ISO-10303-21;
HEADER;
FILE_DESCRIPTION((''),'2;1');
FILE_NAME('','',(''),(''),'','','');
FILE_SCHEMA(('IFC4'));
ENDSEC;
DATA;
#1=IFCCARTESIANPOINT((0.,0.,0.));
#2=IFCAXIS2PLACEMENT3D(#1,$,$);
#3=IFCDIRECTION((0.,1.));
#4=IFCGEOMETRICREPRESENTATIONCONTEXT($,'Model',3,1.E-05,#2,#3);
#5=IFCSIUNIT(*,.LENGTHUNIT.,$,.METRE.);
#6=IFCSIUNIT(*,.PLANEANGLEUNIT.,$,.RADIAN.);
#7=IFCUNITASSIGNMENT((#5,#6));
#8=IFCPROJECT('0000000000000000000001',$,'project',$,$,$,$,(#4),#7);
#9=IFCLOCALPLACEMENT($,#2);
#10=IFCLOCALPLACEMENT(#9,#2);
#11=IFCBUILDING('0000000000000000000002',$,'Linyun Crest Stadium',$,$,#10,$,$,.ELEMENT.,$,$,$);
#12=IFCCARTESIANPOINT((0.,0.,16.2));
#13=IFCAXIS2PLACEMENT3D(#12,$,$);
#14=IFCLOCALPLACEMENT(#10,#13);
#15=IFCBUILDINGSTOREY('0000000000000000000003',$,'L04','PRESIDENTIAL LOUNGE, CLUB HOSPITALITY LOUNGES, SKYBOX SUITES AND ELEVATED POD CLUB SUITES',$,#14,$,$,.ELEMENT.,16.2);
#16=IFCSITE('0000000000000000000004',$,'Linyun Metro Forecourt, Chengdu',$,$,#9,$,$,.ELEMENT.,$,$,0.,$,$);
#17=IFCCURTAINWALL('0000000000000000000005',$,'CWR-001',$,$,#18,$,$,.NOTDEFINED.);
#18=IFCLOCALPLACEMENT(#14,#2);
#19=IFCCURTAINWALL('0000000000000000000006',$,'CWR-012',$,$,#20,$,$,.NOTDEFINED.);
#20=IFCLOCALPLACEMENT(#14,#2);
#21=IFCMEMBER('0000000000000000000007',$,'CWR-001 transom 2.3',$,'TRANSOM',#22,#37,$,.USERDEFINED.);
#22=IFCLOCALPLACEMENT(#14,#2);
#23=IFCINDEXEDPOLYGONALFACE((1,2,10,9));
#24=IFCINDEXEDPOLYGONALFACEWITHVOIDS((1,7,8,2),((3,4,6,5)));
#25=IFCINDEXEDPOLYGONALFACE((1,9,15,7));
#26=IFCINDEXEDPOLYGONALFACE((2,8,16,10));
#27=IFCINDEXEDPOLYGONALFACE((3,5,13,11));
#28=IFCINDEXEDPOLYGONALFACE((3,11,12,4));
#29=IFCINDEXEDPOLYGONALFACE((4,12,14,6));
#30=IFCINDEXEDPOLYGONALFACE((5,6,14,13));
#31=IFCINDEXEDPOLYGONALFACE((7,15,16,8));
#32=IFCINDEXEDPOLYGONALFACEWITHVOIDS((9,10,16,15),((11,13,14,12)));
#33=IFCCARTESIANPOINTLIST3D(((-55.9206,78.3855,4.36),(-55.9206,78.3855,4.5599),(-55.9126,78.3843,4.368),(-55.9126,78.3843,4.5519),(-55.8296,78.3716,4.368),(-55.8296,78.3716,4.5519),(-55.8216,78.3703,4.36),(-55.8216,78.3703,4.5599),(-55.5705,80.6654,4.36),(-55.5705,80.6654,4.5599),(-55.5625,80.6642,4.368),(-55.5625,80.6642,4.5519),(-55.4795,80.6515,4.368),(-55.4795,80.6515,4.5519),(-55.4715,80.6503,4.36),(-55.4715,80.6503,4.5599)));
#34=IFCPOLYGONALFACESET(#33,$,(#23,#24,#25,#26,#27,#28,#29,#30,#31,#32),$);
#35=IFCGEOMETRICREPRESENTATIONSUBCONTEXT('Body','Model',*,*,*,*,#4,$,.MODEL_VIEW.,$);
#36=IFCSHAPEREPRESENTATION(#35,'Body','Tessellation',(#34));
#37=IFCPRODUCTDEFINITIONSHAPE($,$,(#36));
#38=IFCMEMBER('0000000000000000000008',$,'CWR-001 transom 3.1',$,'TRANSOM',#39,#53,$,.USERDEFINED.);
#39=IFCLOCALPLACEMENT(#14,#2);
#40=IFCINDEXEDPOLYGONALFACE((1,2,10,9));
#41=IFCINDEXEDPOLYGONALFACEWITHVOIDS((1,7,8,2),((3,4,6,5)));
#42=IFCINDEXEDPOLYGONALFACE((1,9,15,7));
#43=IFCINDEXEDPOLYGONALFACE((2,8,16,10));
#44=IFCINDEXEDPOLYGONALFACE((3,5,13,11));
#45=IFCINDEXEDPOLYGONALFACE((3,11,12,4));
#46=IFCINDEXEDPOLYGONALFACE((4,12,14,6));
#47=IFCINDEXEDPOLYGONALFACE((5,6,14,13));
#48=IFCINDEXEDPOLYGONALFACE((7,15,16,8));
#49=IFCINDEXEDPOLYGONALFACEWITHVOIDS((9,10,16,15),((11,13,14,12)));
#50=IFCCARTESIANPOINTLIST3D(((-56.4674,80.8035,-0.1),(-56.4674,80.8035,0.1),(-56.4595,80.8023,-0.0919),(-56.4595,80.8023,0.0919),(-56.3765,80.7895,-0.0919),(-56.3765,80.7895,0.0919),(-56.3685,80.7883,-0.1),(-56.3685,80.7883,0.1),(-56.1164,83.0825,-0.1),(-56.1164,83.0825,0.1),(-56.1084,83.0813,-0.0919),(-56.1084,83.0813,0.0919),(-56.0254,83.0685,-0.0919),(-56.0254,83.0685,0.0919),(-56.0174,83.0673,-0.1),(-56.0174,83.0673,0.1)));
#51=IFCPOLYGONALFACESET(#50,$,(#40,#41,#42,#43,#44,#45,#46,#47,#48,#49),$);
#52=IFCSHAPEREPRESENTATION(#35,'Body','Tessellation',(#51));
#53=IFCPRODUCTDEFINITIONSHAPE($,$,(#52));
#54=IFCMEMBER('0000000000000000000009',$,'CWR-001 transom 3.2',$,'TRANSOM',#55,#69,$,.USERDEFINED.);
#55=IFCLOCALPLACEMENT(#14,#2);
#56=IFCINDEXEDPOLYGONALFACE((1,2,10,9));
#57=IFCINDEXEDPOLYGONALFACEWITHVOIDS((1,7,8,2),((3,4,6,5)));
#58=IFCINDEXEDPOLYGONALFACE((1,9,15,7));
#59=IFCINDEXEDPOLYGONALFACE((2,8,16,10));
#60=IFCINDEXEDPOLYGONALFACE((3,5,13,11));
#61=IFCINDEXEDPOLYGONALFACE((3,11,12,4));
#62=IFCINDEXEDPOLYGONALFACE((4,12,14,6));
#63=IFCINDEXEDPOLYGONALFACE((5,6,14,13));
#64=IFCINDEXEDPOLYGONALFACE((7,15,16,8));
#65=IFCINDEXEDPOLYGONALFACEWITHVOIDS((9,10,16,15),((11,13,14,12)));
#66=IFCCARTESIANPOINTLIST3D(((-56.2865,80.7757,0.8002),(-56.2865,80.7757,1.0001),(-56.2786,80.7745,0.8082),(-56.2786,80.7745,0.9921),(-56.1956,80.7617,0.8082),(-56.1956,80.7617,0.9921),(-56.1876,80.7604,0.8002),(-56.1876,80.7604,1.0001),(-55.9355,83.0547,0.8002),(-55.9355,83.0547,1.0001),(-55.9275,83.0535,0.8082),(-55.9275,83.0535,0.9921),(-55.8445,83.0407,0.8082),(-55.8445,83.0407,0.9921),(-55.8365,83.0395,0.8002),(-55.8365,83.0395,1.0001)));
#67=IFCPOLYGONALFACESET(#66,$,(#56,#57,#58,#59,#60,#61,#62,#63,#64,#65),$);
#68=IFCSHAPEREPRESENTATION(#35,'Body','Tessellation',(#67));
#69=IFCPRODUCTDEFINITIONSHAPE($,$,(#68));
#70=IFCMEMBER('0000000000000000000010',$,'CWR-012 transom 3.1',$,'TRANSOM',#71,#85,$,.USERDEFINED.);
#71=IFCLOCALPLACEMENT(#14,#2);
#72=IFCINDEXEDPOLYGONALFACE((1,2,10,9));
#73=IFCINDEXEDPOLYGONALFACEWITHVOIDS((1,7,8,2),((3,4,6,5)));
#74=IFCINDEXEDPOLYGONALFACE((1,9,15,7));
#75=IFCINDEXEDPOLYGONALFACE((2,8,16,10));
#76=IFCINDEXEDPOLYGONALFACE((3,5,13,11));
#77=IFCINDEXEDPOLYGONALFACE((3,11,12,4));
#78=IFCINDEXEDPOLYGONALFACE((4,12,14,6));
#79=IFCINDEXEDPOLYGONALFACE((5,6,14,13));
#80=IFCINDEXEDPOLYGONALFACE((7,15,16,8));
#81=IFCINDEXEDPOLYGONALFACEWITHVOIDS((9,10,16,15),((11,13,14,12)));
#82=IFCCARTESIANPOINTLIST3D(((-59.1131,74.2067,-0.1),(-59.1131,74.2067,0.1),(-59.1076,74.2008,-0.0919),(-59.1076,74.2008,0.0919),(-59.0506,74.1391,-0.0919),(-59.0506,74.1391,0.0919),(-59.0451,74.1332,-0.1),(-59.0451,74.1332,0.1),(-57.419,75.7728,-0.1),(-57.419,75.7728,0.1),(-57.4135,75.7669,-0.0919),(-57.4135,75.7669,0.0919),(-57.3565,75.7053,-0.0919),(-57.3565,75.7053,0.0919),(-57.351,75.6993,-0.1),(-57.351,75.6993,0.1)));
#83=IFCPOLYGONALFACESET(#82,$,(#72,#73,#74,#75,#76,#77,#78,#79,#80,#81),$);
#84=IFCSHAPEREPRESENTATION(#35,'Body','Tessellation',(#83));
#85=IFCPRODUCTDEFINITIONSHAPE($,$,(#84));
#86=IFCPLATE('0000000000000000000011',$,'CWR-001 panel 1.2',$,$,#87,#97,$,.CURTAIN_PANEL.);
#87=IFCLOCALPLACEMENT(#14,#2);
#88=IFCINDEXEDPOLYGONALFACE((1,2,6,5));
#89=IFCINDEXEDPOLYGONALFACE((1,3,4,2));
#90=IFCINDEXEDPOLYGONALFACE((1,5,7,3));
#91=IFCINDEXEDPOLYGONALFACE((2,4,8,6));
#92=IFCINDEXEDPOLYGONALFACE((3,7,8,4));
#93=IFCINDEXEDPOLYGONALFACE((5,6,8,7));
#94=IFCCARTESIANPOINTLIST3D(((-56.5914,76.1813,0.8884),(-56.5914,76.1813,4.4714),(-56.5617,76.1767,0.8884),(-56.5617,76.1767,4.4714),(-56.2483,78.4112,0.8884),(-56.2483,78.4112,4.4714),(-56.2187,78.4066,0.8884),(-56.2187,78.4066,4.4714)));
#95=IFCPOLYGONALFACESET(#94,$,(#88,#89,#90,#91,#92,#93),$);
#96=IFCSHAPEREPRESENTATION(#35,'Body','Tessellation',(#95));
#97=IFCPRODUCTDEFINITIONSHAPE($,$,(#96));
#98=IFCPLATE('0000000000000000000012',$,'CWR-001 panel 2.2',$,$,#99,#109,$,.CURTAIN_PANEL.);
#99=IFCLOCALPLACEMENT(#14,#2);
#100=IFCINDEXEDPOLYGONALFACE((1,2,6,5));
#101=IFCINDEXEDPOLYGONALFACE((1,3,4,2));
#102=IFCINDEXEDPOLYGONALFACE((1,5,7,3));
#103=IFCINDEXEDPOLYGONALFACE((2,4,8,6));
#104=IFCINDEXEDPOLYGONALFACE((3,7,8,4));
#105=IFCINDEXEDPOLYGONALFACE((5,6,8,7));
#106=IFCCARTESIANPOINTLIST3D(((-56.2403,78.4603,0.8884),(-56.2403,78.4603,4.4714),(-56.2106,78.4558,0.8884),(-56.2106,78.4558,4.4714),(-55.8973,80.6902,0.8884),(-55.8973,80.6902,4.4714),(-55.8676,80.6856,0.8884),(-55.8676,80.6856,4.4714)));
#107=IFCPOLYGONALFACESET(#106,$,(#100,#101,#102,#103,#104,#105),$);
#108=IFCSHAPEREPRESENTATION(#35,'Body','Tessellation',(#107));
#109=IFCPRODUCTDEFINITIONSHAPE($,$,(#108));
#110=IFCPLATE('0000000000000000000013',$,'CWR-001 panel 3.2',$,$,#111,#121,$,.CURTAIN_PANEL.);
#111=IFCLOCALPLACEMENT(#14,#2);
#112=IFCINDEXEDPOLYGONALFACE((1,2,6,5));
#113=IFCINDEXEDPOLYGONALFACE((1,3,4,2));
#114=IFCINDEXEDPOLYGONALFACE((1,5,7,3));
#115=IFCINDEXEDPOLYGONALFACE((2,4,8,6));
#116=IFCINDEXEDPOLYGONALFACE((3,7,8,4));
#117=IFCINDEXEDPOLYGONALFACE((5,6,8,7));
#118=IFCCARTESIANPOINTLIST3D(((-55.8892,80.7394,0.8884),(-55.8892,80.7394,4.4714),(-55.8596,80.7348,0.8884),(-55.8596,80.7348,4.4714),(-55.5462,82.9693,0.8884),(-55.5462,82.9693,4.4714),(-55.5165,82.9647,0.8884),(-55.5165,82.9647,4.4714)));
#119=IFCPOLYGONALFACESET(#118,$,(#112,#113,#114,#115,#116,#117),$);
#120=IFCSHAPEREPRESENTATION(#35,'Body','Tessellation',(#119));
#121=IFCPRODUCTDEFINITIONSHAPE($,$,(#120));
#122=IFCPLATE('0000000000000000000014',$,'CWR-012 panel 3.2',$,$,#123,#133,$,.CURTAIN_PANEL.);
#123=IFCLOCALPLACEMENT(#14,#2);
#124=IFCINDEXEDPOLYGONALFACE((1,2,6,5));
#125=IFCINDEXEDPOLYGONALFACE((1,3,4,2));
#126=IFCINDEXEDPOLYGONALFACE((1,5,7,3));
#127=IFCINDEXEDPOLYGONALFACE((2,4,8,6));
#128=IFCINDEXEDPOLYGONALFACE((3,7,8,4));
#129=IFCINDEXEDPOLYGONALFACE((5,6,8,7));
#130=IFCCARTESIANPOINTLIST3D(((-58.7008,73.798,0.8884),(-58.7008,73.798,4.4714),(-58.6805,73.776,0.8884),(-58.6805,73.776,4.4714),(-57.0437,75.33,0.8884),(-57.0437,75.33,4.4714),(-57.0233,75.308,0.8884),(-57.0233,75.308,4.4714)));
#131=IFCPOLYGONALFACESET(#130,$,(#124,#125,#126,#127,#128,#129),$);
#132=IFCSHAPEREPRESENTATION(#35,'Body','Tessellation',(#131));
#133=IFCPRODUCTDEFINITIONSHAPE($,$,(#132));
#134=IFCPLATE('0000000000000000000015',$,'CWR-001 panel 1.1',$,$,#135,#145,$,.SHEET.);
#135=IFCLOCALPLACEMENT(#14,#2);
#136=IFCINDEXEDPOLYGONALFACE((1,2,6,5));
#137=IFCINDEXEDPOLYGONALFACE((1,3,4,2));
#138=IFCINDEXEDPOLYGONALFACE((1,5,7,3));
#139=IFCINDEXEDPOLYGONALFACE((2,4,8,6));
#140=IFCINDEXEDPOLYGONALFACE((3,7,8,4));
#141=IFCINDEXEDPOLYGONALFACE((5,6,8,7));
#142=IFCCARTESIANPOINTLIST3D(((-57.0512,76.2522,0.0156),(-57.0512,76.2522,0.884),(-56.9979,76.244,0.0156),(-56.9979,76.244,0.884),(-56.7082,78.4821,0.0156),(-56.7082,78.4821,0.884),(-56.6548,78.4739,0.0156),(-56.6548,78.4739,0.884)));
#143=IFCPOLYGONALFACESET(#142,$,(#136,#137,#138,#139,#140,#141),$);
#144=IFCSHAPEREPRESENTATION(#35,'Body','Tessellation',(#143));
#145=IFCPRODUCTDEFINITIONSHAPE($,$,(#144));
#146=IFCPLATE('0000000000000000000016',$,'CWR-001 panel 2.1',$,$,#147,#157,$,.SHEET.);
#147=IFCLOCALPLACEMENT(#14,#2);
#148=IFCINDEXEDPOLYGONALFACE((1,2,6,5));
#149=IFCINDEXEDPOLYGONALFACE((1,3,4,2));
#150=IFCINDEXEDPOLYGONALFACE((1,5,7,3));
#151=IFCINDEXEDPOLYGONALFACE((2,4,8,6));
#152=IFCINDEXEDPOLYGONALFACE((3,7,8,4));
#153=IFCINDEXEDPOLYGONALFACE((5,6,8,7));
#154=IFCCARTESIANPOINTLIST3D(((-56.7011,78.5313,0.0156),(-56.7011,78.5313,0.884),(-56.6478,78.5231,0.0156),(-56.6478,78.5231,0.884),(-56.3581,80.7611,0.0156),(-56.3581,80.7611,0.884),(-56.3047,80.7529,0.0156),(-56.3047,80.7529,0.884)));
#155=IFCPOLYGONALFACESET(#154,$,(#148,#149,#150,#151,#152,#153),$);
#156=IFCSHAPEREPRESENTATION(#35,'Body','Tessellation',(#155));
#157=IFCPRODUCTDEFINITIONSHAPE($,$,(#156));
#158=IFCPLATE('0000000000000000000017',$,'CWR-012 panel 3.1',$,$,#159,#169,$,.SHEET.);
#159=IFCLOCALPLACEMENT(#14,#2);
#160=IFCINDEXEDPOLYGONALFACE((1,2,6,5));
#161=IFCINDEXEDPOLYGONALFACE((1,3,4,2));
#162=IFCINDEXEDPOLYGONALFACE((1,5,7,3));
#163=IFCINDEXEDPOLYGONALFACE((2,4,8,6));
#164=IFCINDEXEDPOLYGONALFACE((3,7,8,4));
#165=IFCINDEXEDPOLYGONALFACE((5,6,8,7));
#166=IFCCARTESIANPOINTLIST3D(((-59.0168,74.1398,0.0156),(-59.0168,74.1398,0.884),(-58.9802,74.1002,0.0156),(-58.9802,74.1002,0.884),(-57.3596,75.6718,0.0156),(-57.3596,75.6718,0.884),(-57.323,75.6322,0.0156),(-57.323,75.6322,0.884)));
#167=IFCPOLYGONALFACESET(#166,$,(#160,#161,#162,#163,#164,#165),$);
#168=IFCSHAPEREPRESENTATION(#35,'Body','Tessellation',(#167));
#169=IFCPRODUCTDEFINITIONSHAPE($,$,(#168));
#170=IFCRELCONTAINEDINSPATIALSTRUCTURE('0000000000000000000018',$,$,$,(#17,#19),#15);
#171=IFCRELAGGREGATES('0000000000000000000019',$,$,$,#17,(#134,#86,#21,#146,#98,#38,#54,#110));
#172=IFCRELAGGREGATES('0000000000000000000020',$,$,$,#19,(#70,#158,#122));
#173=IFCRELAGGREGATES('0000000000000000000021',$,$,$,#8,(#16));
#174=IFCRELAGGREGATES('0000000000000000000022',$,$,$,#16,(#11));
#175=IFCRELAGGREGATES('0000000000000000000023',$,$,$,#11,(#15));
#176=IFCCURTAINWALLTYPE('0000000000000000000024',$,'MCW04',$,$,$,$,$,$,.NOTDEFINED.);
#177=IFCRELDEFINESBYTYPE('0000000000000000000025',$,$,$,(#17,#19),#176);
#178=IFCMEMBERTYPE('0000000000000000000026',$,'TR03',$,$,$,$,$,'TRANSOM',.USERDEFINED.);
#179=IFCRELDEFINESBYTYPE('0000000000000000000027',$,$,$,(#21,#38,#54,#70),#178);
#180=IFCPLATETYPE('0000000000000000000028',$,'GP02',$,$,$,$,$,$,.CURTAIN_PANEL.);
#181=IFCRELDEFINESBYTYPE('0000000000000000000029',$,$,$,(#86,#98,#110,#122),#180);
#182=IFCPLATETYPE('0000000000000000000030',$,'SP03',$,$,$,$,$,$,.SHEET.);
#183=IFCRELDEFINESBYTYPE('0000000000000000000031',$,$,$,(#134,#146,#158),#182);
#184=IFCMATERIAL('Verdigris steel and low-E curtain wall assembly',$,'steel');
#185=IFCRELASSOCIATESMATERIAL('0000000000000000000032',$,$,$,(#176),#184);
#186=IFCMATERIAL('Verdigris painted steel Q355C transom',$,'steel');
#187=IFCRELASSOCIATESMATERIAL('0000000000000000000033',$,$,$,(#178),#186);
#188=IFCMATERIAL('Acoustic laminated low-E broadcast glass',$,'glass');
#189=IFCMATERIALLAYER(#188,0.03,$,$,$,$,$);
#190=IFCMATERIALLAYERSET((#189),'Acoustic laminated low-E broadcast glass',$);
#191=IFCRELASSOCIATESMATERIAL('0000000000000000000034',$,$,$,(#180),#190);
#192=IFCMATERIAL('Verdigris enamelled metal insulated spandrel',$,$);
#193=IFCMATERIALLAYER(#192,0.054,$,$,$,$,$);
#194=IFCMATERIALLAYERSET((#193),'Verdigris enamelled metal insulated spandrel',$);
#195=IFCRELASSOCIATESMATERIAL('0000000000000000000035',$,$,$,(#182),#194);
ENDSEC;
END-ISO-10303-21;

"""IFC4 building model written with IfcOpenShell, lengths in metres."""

from ifc_helpers import new_model, si_unit, direction, frame, origin, origin_2d, place, context, subcontext, project, spatial, rectangle, hollow_rectangle, extrude, material, layer, layer_set, material_profile, profile_set, type_object, element, aggregate, save


model = new_model("IFC4")

# Units and contexts
model_context = context("Model", 3, precision=1e-05, world=origin(), true_north=direction((0.0, 1.0)))
body_context = subcontext(model_context, "Body", "Model", "MODEL_VIEW")
ifc_project = project(units=[si_unit("LENGTHUNIT", "METRE"), si_unit("PLANEANGLEUNIT", "RADIAN")], contexts=[model_context])

# Site, building, storey
site_placement = place(None, origin())
site = spatial("IfcSite", under=ifc_project, at=site_placement, Name="Linyun Metro Forecourt, Chengdu", CompositionType="ELEMENT", RefElevation=0.0)
building_placement = place(site_placement, origin())
building = spatial("IfcBuilding", under=site, at=building_placement, Name="Linyun Crest Stadium", CompositionType="ELEMENT")
storey_placement = place(building_placement, frame((0.0, 0.0, 16.2)))
storey = spatial("IfcBuildingStorey", under=building, at=storey_placement, Name="L04", Description="PRESIDENTIAL LOUNGE, CLUB HOSPITALITY LOUNGES, SKYBOX SUITES AND ELEVATED POD CLUB SUITES", CompositionType="ELEMENT", Elevation=16.2)

# Curtain wall
ifc_material_1 = material(Name="Verdigris steel and low-E curtain wall assembly", Category="steel")
curtain_wall_type = type_object("IfcCurtainWallType", Name="MCW04", PredefinedType="NOTDEFINED", material=ifc_material_1)
curtain_wall_1_placement = place(storey_placement, origin())
curtain_wall_1 = element("IfcCurtainWall", 1, at=curtain_wall_1_placement, inside=storey, type_object=curtain_wall_type, Name="CWR-001", PredefinedType="NOTDEFINED")

# Curtain wall
curtain_wall_2_placement = place(storey_placement, origin())
curtain_wall_2 = element("IfcCurtainWall", 2, at=curtain_wall_2_placement, inside=storey, type_object=curtain_wall_type, Name="CWR-012", PredefinedType="NOTDEFINED")

# Members
ifc_material_2 = material(Name="Verdigris painted steel Q355C transom", Category="steel")
ifc_material_profile_1 = material_profile(ifc_material_2, hollow_rectangle(XDim=0.1001, YDim=0.2, WallThickness=0.0081, at=origin_2d()), Name="RHS 200x100x8")
ifc_profile_set_1 = profile_set([ifc_material_profile_1], Name="Verdigris painted steel Q355C transom")
member_type_1 = type_object("IfcMemberType", Name="TR03", ElementType="TRANSOM", PredefinedType="USERDEFINED", material=ifc_profile_set_1)
member_1_placement = place(storey_placement, frame((-55.8711, 78.3779, 4.46), z_axis=(0.151771, 0.988416, 0.0), x_axis=(-0.988416, 0.151771, 0.0)))
member_1 = element("IfcMember", 3, at=member_1_placement, type_object=member_type_1, Name="CWR-001 transom 2.3", ObjectType="TRANSOM", PredefinedType="USERDEFINED", context=body_context, shape_type="SweptSolid", body=[
    extrude(hollow_rectangle(XDim=0.1001, YDim=0.2, WallThickness=0.0081, at=origin_2d()), origin(), (0.0, 0.0, 1.0), 2.3066),
])
member_2_placement = place(storey_placement, frame((-56.418, 80.7959, 0.0), z_axis=(0.152248, 0.988342, 0.0), x_axis=(-0.988342, 0.152248, 0.0)))
member_2 = element("IfcMember", 4, at=member_2_placement, type_object=member_type_1, Name="CWR-001 transom 3.1", ObjectType="TRANSOM", PredefinedType="USERDEFINED", context=body_context, shape_type="SweptSolid", body=[
    extrude(hollow_rectangle(XDim=0.1001, YDim=0.2, WallThickness=0.0081, at=origin_2d()), origin(), (0.0, 0.0, 1.0), 2.3059),
])
member_3_placement = place(storey_placement, frame((-56.2371, 80.7681, 0.9001), z_axis=(0.152248, 0.988342, 0.0), x_axis=(-0.988342, 0.152248, 0.0)))
member_3 = element("IfcMember", 5, at=member_3_placement, type_object=member_type_1, Name="CWR-001 transom 3.2", ObjectType="TRANSOM", PredefinedType="USERDEFINED", context=body_context, shape_type="SweptSolid", body=[
    extrude(hollow_rectangle(XDim=0.1001, YDim=0.2, WallThickness=0.0081, at=origin_2d()), origin(), (0.0, 0.0, 1.0), 2.3059),
])
member_4_placement = place(storey_placement, frame((-59.0791, 74.1699, 0.0), z_axis=(0.734288, 0.678838, 0.0), x_axis=(-0.678838, 0.734288, 0.0)))
member_4 = element("IfcMember", 6, at=member_4_placement, type_object=member_type_1, Name="CWR-012 transom 3.1", ObjectType="TRANSOM", PredefinedType="USERDEFINED", context=body_context, shape_type="SweptSolid", body=[
    extrude(hollow_rectangle(XDim=0.1001, YDim=0.2, WallThickness=0.0081, at=origin_2d()), origin(), (0.0, 0.0, 1.0), 2.3071),
])

# Plates
ifc_material_3 = material(Name="Acoustic laminated low-E broadcast glass", Category="glass")
ifc_layer_1 = layer(ifc_material_3, 0.03)
ifc_layer_set_1 = layer_set([ifc_layer_1], Name="Acoustic laminated low-E broadcast glass")
plate_type_1 = type_object("IfcPlateType", Name="GP02", PredefinedType="CURTAIN_PANEL", material=ifc_layer_set_1)
plate_1_placement = place(storey_placement, frame((-56.405, 77.2939, 0.8884), z_axis=(0.0, 0.0, 1.0), x_axis=(0.152054, 0.988372, 0.0)))
plate_1 = element("IfcPlate", 7, at=plate_1_placement, type_object=plate_type_1, Name="CWR-001 panel 1.2", PredefinedType="CURTAIN_PANEL", context=body_context, shape_type="SweptSolid", body=[
    extrude(rectangle(XDim=2.2561, YDim=0.03, at=origin_2d()), origin(), (0.0, 0.0, 1.0), 3.583),
])
plate_2_placement = place(storey_placement, frame((-56.054, 79.573, 0.8884), z_axis=(0.0, 0.0, 1.0), x_axis=(0.152054, 0.988372, 0.0)))
plate_2 = element("IfcPlate", 8, at=plate_2_placement, type_object=plate_type_1, Name="CWR-001 panel 2.2", PredefinedType="CURTAIN_PANEL", context=body_context, shape_type="SweptSolid", body=[
    extrude(rectangle(XDim=2.2561, YDim=0.03, at=origin_2d()), origin(), (0.0, 0.0, 1.0), 3.583),
])
plate_3_placement = place(storey_placement, frame((-55.7029, 81.8521, 0.8884), z_axis=(0.0, 0.0, 1.0), x_axis=(0.152054, 0.988372, 0.0)))
plate_3 = element("IfcPlate", 9, at=plate_3_placement, type_object=plate_type_1, Name="CWR-001 panel 3.2", PredefinedType="CURTAIN_PANEL", context=body_context, shape_type="SweptSolid", body=[
    extrude(rectangle(XDim=2.2561, YDim=0.03, at=origin_2d()), origin(), (0.0, 0.0, 1.0), 3.583),
])
plate_4_placement = place(storey_placement, frame((-57.8621, 74.553, 0.8884), z_axis=(0.0, 0.0, 1.0), x_axis=(0.734299, 0.678826, 0.0)))
plate_4 = element("IfcPlate", 10, at=plate_4_placement, type_object=plate_type_1, Name="CWR-012 panel 3.2", PredefinedType="CURTAIN_PANEL", context=body_context, shape_type="SweptSolid", body=[
    extrude(rectangle(XDim=2.2568, YDim=0.03, at=origin_2d()), origin(), (0.0, 0.0, 1.0), 3.583),
])
ifc_material_4 = material(Name="Verdigris enamelled metal insulated spandrel")
ifc_layer_2 = layer(ifc_material_4, 0.054)
ifc_layer_set_2 = layer_set([ifc_layer_2], Name="Verdigris enamelled metal insulated spandrel")
plate_type_2 = type_object("IfcPlateType", Name="SP03", PredefinedType="SHEET", material=ifc_layer_set_2)
plate_5_placement = place(storey_placement, frame((-56.853, 77.363, 0.0156), z_axis=(0.0, 0.0, 1.0), x_axis=(0.152054, 0.988372, 0.0)))
plate_5 = element("IfcPlate", 11, at=plate_5_placement, type_object=plate_type_2, Name="CWR-001 panel 1.1", PredefinedType="SHEET", context=body_context, shape_type="SweptSolid", body=[
    extrude(rectangle(XDim=2.2561, YDim=0.054, at=origin_2d()), origin(), (0.0, 0.0, 1.0), 0.8684),
])
plate_6_placement = place(storey_placement, frame((-56.5029, 79.6421, 0.0156), z_axis=(0.0, 0.0, 1.0), x_axis=(0.152054, 0.988372, 0.0)))
plate_6 = element("IfcPlate", 12, at=plate_6_placement, type_object=plate_type_2, Name="CWR-001 panel 2.1", PredefinedType="SHEET", context=body_context, shape_type="SweptSolid", body=[
    extrude(rectangle(XDim=2.2561, YDim=0.054, at=origin_2d()), origin(), (0.0, 0.0, 1.0), 0.8684),
])
aggregate(curtain_wall_1, [plate_5, plate_1, member_1, plate_6, plate_2, member_2, member_3, plate_3])
plate_7_placement = place(storey_placement, frame((-58.1699, 74.886, 0.0156), z_axis=(0.0, 0.0, 1.0), x_axis=(0.734299, 0.678826, 0.0)))
plate_7 = element("IfcPlate", 13, at=plate_7_placement, type_object=plate_type_2, Name="CWR-012 panel 3.1", PredefinedType="SHEET", context=body_context, shape_type="SweptSolid", body=[
    extrude(rectangle(XDim=2.2568, YDim=0.054, at=origin_2d()), origin(), (0.0, 0.0, 1.0), 0.8684),
])
aggregate(curtain_wall_2, [member_4, plate_7, plate_4])

save(model, "model.ifc")
